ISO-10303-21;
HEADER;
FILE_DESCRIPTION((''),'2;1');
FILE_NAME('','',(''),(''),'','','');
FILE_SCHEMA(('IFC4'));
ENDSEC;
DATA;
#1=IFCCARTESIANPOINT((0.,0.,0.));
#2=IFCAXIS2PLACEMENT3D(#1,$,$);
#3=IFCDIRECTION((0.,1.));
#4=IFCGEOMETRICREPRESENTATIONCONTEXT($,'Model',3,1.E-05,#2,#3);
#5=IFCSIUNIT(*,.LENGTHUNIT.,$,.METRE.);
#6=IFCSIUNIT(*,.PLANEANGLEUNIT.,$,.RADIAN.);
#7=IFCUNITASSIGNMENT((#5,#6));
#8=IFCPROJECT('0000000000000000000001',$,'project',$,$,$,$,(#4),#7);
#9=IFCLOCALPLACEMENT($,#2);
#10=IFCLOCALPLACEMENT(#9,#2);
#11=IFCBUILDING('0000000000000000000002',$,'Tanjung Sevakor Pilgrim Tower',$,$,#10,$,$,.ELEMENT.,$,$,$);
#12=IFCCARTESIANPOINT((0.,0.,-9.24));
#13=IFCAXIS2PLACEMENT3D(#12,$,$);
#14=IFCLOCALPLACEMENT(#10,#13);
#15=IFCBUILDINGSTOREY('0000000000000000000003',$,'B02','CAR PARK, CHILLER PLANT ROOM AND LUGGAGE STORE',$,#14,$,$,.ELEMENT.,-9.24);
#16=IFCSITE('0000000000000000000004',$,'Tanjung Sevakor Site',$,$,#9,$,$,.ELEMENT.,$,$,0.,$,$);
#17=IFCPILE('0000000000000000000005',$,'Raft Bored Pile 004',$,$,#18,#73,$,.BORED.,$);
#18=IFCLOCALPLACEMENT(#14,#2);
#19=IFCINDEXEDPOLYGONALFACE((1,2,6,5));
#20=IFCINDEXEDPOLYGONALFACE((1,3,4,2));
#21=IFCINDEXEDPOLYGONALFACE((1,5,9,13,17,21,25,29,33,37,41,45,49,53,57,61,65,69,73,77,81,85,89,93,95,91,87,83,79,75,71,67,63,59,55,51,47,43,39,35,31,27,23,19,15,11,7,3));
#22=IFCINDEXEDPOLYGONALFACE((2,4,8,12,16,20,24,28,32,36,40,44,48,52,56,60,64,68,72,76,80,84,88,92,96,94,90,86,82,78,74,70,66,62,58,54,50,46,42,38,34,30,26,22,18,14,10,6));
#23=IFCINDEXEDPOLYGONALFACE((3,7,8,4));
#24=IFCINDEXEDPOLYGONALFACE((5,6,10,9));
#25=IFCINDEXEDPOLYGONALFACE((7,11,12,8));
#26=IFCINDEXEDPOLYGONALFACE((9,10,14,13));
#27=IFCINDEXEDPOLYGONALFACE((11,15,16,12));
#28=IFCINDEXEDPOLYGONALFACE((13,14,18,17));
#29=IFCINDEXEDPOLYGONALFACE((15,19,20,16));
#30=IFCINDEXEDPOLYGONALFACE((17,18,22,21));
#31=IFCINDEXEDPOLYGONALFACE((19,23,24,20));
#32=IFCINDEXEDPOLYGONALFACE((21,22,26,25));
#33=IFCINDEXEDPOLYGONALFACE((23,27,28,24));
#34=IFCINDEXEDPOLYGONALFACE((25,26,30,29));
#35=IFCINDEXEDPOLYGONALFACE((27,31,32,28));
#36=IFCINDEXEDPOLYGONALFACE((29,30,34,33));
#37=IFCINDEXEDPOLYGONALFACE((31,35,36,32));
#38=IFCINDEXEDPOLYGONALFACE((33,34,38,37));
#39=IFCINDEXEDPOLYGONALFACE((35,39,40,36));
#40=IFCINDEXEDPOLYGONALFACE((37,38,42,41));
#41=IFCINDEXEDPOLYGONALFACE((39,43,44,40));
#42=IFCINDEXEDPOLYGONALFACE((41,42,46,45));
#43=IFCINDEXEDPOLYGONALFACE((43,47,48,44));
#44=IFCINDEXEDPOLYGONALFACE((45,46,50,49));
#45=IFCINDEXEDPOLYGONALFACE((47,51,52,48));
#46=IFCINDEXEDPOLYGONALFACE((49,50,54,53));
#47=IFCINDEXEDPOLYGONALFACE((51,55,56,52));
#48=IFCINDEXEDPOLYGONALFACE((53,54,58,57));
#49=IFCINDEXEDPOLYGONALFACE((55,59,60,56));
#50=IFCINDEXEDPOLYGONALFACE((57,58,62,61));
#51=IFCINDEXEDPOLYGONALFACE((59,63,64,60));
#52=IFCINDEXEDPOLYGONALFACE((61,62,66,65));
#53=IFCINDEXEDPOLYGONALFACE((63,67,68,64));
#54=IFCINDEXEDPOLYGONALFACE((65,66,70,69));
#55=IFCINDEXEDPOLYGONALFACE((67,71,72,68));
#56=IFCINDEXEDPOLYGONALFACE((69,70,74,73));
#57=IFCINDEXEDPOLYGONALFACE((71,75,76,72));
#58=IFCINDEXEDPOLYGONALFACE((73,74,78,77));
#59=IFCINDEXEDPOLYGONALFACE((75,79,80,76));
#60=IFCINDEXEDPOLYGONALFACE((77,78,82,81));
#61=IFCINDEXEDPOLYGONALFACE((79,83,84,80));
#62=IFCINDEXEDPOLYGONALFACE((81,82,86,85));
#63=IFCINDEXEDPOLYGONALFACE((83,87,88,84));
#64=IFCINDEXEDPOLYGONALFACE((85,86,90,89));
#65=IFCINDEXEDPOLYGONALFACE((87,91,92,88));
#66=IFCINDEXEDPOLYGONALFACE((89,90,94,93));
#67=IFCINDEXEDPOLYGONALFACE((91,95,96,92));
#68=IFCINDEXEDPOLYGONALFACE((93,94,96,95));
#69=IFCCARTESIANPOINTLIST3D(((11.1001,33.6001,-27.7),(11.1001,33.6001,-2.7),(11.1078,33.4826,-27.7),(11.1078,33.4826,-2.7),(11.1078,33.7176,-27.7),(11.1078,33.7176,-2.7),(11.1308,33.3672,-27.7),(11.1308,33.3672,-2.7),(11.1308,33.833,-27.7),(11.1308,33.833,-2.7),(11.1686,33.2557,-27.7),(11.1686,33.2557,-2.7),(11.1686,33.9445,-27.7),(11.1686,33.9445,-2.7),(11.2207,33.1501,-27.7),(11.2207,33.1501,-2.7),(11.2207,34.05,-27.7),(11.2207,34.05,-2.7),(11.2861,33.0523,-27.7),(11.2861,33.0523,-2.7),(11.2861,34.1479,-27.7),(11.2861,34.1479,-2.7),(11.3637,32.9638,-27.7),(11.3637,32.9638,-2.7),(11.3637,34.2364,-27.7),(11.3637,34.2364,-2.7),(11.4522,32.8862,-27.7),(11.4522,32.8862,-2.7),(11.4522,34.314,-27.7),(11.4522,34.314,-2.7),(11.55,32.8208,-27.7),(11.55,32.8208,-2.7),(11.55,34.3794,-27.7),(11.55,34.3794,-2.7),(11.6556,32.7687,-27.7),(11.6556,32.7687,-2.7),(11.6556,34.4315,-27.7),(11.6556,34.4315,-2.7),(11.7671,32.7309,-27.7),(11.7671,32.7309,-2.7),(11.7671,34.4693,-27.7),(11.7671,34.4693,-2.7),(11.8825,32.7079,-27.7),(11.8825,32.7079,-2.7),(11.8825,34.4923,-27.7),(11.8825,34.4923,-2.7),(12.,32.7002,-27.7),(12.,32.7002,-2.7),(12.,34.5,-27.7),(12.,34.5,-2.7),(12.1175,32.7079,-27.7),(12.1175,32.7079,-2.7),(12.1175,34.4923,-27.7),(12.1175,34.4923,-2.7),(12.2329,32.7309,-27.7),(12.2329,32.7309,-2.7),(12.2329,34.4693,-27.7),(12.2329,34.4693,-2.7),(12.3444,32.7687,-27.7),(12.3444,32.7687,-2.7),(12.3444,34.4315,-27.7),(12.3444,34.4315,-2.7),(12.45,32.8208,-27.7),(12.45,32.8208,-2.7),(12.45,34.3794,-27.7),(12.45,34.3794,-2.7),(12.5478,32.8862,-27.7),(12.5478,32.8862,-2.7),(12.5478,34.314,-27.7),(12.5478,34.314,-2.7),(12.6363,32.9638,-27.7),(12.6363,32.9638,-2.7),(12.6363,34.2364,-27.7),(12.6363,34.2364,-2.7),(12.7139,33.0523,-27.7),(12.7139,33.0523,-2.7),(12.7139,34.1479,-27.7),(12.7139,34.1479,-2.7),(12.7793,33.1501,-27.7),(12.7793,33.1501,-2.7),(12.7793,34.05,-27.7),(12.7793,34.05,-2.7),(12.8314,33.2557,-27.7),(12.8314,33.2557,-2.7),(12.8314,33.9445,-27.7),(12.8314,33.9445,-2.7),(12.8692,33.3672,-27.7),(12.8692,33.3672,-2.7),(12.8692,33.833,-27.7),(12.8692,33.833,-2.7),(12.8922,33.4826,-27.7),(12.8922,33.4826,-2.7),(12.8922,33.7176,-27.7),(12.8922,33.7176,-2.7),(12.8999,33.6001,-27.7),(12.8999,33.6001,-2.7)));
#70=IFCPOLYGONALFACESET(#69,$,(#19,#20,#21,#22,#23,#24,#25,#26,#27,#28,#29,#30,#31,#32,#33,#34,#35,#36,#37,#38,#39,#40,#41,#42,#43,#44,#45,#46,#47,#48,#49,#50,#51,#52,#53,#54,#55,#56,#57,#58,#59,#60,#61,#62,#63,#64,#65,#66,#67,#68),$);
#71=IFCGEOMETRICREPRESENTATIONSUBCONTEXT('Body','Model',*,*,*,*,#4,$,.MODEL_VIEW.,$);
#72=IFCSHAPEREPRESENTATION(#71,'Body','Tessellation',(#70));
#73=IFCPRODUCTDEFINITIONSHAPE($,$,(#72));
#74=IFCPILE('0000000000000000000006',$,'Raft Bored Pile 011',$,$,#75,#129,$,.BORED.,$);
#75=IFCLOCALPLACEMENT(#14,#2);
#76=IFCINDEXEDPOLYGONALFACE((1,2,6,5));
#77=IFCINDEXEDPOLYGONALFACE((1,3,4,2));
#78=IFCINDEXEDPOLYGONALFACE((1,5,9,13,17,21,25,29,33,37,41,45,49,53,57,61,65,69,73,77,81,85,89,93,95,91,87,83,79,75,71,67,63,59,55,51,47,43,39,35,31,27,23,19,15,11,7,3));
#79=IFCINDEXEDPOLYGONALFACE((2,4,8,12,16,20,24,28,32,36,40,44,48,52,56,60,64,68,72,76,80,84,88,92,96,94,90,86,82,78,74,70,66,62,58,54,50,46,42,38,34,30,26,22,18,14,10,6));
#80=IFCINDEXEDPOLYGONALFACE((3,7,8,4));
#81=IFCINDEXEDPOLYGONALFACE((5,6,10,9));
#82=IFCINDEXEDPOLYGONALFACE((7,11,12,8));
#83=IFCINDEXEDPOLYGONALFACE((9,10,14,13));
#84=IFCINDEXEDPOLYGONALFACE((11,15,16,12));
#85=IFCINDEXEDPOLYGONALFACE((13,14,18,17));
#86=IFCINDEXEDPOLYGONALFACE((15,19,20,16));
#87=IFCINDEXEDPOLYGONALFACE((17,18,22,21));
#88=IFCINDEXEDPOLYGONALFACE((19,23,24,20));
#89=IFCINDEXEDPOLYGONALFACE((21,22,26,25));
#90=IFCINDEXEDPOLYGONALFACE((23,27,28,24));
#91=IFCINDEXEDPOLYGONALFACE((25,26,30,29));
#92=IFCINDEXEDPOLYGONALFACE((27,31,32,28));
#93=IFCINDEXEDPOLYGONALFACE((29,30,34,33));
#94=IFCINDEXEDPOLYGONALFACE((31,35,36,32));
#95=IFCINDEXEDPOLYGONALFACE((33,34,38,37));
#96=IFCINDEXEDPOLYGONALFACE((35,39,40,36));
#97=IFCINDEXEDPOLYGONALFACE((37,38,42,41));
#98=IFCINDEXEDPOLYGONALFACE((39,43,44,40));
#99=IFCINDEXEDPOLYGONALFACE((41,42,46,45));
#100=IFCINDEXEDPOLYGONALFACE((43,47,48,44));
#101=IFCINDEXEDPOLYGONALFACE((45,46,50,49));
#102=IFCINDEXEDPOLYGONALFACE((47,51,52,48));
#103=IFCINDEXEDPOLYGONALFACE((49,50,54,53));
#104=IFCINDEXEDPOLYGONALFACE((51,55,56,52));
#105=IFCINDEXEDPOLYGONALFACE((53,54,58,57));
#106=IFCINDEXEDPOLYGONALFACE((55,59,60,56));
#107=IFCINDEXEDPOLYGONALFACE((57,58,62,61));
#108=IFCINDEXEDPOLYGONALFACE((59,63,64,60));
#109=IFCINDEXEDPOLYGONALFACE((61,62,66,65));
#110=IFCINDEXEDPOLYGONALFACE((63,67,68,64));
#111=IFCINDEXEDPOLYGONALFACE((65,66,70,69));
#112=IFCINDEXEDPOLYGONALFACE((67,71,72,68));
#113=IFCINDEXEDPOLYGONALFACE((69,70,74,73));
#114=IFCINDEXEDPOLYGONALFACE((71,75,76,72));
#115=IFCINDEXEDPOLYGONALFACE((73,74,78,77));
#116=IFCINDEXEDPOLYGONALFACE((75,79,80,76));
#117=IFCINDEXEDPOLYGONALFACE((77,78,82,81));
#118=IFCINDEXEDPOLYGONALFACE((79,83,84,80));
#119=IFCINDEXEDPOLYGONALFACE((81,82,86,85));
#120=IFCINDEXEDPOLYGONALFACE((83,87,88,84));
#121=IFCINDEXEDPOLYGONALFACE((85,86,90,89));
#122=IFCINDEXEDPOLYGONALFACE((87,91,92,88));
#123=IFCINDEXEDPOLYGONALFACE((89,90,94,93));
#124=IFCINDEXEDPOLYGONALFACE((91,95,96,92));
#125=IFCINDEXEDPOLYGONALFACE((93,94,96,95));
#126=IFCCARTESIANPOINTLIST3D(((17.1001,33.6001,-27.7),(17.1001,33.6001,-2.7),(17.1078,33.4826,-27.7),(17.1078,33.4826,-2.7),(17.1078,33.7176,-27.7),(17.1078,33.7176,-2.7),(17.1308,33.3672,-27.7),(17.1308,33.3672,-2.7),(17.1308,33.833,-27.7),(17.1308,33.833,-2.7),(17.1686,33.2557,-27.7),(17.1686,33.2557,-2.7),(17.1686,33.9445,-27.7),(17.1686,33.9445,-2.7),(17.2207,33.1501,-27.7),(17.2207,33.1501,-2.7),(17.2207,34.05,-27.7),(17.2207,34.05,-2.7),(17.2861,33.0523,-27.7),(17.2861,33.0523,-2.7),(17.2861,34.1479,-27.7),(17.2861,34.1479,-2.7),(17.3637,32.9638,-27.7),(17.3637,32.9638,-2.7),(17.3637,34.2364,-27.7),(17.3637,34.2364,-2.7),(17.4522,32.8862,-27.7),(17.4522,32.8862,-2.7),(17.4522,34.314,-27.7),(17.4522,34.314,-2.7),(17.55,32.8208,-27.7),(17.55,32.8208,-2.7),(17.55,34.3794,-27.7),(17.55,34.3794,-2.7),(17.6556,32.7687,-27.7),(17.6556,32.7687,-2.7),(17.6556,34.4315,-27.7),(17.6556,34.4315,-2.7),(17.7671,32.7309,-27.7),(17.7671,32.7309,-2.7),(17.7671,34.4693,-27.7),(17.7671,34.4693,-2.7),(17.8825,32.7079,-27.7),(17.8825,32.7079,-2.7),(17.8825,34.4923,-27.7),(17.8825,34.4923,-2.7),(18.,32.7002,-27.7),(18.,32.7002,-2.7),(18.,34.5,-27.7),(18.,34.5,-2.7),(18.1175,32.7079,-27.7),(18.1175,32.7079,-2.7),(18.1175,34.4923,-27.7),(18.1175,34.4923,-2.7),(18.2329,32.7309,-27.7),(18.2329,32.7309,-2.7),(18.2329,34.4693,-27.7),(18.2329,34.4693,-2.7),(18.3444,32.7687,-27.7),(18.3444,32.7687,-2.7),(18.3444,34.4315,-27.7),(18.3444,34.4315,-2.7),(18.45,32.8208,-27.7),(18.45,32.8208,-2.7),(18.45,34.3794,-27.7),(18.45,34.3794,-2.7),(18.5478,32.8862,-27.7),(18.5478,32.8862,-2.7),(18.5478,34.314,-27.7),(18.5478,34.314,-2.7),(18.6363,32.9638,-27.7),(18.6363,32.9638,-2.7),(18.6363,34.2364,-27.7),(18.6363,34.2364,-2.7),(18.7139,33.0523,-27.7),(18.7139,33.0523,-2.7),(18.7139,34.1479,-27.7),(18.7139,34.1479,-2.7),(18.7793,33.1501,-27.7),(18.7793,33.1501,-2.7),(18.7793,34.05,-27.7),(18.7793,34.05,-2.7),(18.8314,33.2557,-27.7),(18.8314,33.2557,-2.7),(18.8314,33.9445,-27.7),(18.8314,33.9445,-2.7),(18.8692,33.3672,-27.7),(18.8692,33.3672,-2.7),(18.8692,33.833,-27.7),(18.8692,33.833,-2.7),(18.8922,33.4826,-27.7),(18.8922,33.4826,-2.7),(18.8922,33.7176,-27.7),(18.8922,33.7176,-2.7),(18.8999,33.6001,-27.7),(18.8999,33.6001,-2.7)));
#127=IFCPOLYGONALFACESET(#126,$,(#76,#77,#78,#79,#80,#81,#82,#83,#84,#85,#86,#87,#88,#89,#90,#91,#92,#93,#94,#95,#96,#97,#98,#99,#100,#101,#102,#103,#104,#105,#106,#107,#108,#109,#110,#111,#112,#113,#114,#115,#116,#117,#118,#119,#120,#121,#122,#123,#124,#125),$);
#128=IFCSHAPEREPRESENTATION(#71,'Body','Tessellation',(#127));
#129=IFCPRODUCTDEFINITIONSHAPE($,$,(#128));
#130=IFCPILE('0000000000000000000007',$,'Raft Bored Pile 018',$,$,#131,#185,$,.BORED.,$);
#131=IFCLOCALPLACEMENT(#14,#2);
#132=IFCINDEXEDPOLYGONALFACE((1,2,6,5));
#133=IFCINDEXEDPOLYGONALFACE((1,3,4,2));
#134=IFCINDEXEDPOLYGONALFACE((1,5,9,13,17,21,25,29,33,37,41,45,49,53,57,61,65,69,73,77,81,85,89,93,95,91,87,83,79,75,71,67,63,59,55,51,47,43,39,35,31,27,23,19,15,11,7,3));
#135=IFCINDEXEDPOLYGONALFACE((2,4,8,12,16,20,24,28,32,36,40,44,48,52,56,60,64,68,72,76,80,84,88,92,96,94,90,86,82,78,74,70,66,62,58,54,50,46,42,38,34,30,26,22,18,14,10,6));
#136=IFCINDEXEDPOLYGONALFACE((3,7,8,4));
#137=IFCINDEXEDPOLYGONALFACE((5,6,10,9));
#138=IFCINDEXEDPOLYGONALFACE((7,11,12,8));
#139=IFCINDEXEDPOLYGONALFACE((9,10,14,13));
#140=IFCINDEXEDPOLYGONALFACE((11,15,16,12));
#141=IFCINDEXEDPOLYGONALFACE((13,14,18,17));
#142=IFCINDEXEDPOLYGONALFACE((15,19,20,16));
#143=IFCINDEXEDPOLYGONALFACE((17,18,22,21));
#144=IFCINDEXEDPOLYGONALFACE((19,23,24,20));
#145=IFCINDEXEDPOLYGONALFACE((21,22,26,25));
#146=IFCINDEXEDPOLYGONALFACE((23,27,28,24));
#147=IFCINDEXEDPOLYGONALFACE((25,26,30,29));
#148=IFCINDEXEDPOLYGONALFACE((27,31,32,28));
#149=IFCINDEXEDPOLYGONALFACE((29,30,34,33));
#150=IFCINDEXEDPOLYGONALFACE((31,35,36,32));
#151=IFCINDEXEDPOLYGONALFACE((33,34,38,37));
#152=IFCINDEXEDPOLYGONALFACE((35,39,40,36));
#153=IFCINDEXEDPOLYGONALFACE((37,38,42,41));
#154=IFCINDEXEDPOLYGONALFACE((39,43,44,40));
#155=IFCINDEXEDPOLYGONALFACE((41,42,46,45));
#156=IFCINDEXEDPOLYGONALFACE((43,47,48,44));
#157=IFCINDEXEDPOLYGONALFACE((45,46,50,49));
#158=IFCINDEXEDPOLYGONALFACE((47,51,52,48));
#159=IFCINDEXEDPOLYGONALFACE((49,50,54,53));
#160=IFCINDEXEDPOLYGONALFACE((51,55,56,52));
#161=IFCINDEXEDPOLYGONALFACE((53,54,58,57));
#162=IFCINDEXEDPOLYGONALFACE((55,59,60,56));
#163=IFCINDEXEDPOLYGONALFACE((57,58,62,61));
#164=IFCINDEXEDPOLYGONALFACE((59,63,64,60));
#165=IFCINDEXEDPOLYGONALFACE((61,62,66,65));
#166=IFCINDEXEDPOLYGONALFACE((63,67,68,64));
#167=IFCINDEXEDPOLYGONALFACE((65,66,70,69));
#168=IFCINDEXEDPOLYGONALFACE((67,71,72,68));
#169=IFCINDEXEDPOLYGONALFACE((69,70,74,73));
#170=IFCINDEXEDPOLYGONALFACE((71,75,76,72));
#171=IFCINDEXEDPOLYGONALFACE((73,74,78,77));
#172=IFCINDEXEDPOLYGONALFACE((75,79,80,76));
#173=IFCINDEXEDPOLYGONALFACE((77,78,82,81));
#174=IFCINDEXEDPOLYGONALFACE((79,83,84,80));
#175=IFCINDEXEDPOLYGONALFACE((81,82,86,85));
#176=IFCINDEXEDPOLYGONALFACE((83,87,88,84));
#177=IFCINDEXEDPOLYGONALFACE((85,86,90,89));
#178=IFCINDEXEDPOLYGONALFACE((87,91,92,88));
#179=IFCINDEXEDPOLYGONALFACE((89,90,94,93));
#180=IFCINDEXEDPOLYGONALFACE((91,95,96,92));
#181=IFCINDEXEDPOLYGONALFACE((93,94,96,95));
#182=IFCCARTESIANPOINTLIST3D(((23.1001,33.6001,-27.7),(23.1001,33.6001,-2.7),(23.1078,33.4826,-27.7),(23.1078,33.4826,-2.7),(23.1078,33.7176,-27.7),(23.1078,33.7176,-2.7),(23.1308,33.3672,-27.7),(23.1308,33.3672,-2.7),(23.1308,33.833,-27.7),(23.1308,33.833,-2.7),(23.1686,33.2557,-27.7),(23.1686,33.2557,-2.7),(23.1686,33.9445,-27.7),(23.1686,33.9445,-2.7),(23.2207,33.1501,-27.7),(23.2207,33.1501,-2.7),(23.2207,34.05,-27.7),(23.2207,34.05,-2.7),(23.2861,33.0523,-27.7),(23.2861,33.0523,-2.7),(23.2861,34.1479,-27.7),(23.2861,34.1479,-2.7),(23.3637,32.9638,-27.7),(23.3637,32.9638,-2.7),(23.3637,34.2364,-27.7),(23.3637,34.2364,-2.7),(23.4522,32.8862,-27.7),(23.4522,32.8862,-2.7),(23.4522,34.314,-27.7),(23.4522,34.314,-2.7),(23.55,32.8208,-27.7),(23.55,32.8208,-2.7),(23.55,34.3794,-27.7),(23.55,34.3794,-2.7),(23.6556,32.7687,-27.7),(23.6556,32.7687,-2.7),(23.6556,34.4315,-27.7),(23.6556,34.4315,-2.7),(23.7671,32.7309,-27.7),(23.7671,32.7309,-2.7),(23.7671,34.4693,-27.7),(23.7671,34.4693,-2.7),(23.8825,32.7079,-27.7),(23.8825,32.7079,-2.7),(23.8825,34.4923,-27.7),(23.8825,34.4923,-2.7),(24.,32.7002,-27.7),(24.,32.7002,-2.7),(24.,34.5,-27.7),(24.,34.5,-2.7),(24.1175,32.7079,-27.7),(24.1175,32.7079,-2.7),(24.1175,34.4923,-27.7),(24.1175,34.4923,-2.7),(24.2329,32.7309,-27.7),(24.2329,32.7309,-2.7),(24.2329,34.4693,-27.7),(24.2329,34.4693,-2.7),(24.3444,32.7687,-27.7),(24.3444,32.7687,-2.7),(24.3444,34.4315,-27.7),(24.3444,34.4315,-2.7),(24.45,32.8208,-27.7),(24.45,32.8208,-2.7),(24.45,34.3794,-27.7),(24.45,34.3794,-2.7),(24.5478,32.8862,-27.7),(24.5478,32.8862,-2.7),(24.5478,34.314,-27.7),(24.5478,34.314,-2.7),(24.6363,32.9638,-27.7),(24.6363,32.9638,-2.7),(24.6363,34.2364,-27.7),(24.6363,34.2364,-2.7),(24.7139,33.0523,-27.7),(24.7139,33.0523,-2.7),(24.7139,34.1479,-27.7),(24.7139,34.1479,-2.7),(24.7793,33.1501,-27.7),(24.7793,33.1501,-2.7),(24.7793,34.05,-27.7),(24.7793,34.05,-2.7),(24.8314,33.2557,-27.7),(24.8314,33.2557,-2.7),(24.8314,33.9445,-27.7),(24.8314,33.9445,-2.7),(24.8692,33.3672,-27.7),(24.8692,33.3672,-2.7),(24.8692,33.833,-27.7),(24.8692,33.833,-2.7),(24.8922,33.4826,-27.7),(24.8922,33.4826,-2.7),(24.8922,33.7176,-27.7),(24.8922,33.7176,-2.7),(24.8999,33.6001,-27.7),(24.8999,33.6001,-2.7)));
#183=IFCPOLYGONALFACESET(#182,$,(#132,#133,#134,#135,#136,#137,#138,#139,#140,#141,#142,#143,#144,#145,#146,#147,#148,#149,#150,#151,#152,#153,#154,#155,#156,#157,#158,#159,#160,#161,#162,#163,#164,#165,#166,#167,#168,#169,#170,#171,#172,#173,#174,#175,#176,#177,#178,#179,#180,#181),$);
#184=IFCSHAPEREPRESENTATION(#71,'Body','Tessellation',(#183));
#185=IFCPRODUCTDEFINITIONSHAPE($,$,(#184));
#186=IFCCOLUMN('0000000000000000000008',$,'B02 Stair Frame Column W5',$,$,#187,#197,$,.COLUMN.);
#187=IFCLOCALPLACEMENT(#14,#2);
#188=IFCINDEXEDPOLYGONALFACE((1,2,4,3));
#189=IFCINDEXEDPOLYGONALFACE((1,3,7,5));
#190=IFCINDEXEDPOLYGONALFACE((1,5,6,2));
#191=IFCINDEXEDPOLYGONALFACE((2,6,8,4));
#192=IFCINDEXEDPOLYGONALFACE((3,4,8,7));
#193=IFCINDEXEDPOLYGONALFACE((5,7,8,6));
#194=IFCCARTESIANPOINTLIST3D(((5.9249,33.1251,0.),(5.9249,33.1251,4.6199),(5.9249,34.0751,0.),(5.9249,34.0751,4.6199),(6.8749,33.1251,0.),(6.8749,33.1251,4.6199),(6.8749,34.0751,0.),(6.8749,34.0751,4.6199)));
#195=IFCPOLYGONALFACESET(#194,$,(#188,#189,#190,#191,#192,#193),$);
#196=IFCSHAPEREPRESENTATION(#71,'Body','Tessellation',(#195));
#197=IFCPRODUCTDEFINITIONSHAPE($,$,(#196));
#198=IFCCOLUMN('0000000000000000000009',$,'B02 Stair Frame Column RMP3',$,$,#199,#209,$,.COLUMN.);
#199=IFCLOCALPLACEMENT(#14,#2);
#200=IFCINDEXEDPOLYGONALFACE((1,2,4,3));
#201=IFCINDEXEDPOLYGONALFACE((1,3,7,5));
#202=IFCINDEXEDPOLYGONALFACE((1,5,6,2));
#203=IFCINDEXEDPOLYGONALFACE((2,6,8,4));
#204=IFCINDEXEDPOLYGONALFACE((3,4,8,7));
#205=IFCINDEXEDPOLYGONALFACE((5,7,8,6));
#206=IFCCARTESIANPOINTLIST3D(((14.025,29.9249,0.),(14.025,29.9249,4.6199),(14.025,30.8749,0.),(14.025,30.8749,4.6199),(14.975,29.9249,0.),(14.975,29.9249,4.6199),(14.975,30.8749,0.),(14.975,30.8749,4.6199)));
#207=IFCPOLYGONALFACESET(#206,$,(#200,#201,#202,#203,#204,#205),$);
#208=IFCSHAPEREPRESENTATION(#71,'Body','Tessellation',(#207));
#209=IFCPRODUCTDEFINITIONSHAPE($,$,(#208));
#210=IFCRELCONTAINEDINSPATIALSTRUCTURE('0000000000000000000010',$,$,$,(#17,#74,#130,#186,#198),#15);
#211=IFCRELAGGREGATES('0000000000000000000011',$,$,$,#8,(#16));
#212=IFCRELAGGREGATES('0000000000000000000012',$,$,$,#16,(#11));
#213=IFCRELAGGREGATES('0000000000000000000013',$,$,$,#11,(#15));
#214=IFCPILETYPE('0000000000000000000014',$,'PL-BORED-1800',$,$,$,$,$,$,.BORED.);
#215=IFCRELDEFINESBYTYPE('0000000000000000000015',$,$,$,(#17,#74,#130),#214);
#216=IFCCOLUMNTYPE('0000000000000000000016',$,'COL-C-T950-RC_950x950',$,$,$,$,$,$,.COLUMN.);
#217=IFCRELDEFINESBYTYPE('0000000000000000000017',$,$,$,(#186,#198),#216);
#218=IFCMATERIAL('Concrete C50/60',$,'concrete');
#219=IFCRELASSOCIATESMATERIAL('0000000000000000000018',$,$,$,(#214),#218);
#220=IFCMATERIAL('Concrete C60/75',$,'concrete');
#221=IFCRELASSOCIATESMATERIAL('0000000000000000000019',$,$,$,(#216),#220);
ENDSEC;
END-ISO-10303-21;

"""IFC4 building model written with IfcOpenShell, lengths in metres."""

from ifc_helpers import new_model, si_unit, direction, frame, origin, origin_2d, place, context, subcontext, project, spatial, rectangle, circle, extrude, material, material_profile, profile_set, type_object, element, save


model = new_model("IFC4")

# Units and contexts
model_context = context("Model", 3, precision=1e-05, world=origin(), true_north=direction((0.0, 1.0)))
body_context = subcontext(model_context, "Body", "Model", "MODEL_VIEW")
ifc_project = project(units=[si_unit("LENGTHUNIT", "METRE"), si_unit("PLANEANGLEUNIT", "RADIAN")], contexts=[model_context])

# Site, building, storey
site_placement = place(None, origin())
site = spatial("IfcSite", under=ifc_project, at=site_placement, Name="Tanjung Sevakor Site", CompositionType="ELEMENT", RefElevation=0.0)
building_placement = place(site_placement, origin())
building = spatial("IfcBuilding", under=site, at=building_placement, Name="Tanjung Sevakor Pilgrim Tower", CompositionType="ELEMENT")
storey_placement = place(building_placement, frame((0.0, 0.0, -9.24)))
storey = spatial("IfcBuildingStorey", under=building, at=storey_placement, Name="B02", Description="CAR PARK, CHILLER PLANT ROOM AND LUGGAGE STORE", CompositionType="ELEMENT", Elevation=-9.24)

# Piles
ifc_material_1 = material(Name="Concrete C50/60", Category="concrete")
ifc_material_profile_1 = material_profile(ifc_material_1, circle(Radius=0.8999, at=origin_2d()))
ifc_profile_set_1 = profile_set([ifc_material_profile_1], Name="Concrete C50/60")
pile_type_1 = type_object("IfcPileType", Name="PL-BORED-1800", PredefinedType="BORED", material=ifc_profile_set_1)
for number, where, z_axis, x_axis, name in (
    (1, (12.0, 33.6001, -2.7), (0.0, 0.0, -1.0), (1.0, 0.0, 0.0), "Raft Bored Pile 004"),
    (2, (18.0, 33.6001, -2.7), (0.0, 0.0, -1.0), (1.0, 0.0, 0.0), "Raft Bored Pile 011"),
    (3, (24.0, 33.6001, -2.7), (0.0, 0.0, -1.0), (1.0, 0.0, 0.0), "Raft Bored Pile 018"),
):
    element("IfcPile", number, at=place(storey_placement, frame(where, z_axis=z_axis, x_axis=x_axis)), inside=storey, type_object=pile_type_1, Name=name, PredefinedType="BORED", context=body_context, shape_type="SweptSolid", body=[
        extrude(circle(Radius=0.8999, at=origin_2d()), origin(), (0.0, 0.0, 1.0), 25.0),
    ])

# Columns
ifc_material_2 = material(Name="Concrete C60/75", Category="concrete")
ifc_material_profile_2 = material_profile(ifc_material_2, rectangle(XDim=0.95, YDim=0.95, at=origin_2d()))
ifc_profile_set_2 = profile_set([ifc_material_profile_2], Name="Concrete C60/75")
column_type = type_object("IfcColumnType", Name="COL-C-T950-RC_950x950", PredefinedType="COLUMN", material=ifc_profile_set_2)
for number, where, z_axis, x_axis, name in (
    (4, (6.3999, 33.6001, 0.0), (0.0, 0.0, 1.0), (1.0, 0.0, 0.0), "B02 Stair Frame Column W5"),
    (5, (14.5, 30.3999, 0.0), (0.0, 0.0, 1.0), (1.0, 0.0, 0.0), "B02 Stair Frame Column RMP3"),
):
    element("IfcColumn", number, at=place(storey_placement, frame(where, z_axis=z_axis, x_axis=x_axis)), inside=storey, type_object=column_type, Name=name, PredefinedType="COLUMN", context=body_context, shape_type="SweptSolid", body=[
        extrude(rectangle(XDim=0.95, YDim=0.95, at=origin_2d()), origin(), (0.0, 0.0, 1.0), 4.6199),
    ])

save(model, "model.ifc")
